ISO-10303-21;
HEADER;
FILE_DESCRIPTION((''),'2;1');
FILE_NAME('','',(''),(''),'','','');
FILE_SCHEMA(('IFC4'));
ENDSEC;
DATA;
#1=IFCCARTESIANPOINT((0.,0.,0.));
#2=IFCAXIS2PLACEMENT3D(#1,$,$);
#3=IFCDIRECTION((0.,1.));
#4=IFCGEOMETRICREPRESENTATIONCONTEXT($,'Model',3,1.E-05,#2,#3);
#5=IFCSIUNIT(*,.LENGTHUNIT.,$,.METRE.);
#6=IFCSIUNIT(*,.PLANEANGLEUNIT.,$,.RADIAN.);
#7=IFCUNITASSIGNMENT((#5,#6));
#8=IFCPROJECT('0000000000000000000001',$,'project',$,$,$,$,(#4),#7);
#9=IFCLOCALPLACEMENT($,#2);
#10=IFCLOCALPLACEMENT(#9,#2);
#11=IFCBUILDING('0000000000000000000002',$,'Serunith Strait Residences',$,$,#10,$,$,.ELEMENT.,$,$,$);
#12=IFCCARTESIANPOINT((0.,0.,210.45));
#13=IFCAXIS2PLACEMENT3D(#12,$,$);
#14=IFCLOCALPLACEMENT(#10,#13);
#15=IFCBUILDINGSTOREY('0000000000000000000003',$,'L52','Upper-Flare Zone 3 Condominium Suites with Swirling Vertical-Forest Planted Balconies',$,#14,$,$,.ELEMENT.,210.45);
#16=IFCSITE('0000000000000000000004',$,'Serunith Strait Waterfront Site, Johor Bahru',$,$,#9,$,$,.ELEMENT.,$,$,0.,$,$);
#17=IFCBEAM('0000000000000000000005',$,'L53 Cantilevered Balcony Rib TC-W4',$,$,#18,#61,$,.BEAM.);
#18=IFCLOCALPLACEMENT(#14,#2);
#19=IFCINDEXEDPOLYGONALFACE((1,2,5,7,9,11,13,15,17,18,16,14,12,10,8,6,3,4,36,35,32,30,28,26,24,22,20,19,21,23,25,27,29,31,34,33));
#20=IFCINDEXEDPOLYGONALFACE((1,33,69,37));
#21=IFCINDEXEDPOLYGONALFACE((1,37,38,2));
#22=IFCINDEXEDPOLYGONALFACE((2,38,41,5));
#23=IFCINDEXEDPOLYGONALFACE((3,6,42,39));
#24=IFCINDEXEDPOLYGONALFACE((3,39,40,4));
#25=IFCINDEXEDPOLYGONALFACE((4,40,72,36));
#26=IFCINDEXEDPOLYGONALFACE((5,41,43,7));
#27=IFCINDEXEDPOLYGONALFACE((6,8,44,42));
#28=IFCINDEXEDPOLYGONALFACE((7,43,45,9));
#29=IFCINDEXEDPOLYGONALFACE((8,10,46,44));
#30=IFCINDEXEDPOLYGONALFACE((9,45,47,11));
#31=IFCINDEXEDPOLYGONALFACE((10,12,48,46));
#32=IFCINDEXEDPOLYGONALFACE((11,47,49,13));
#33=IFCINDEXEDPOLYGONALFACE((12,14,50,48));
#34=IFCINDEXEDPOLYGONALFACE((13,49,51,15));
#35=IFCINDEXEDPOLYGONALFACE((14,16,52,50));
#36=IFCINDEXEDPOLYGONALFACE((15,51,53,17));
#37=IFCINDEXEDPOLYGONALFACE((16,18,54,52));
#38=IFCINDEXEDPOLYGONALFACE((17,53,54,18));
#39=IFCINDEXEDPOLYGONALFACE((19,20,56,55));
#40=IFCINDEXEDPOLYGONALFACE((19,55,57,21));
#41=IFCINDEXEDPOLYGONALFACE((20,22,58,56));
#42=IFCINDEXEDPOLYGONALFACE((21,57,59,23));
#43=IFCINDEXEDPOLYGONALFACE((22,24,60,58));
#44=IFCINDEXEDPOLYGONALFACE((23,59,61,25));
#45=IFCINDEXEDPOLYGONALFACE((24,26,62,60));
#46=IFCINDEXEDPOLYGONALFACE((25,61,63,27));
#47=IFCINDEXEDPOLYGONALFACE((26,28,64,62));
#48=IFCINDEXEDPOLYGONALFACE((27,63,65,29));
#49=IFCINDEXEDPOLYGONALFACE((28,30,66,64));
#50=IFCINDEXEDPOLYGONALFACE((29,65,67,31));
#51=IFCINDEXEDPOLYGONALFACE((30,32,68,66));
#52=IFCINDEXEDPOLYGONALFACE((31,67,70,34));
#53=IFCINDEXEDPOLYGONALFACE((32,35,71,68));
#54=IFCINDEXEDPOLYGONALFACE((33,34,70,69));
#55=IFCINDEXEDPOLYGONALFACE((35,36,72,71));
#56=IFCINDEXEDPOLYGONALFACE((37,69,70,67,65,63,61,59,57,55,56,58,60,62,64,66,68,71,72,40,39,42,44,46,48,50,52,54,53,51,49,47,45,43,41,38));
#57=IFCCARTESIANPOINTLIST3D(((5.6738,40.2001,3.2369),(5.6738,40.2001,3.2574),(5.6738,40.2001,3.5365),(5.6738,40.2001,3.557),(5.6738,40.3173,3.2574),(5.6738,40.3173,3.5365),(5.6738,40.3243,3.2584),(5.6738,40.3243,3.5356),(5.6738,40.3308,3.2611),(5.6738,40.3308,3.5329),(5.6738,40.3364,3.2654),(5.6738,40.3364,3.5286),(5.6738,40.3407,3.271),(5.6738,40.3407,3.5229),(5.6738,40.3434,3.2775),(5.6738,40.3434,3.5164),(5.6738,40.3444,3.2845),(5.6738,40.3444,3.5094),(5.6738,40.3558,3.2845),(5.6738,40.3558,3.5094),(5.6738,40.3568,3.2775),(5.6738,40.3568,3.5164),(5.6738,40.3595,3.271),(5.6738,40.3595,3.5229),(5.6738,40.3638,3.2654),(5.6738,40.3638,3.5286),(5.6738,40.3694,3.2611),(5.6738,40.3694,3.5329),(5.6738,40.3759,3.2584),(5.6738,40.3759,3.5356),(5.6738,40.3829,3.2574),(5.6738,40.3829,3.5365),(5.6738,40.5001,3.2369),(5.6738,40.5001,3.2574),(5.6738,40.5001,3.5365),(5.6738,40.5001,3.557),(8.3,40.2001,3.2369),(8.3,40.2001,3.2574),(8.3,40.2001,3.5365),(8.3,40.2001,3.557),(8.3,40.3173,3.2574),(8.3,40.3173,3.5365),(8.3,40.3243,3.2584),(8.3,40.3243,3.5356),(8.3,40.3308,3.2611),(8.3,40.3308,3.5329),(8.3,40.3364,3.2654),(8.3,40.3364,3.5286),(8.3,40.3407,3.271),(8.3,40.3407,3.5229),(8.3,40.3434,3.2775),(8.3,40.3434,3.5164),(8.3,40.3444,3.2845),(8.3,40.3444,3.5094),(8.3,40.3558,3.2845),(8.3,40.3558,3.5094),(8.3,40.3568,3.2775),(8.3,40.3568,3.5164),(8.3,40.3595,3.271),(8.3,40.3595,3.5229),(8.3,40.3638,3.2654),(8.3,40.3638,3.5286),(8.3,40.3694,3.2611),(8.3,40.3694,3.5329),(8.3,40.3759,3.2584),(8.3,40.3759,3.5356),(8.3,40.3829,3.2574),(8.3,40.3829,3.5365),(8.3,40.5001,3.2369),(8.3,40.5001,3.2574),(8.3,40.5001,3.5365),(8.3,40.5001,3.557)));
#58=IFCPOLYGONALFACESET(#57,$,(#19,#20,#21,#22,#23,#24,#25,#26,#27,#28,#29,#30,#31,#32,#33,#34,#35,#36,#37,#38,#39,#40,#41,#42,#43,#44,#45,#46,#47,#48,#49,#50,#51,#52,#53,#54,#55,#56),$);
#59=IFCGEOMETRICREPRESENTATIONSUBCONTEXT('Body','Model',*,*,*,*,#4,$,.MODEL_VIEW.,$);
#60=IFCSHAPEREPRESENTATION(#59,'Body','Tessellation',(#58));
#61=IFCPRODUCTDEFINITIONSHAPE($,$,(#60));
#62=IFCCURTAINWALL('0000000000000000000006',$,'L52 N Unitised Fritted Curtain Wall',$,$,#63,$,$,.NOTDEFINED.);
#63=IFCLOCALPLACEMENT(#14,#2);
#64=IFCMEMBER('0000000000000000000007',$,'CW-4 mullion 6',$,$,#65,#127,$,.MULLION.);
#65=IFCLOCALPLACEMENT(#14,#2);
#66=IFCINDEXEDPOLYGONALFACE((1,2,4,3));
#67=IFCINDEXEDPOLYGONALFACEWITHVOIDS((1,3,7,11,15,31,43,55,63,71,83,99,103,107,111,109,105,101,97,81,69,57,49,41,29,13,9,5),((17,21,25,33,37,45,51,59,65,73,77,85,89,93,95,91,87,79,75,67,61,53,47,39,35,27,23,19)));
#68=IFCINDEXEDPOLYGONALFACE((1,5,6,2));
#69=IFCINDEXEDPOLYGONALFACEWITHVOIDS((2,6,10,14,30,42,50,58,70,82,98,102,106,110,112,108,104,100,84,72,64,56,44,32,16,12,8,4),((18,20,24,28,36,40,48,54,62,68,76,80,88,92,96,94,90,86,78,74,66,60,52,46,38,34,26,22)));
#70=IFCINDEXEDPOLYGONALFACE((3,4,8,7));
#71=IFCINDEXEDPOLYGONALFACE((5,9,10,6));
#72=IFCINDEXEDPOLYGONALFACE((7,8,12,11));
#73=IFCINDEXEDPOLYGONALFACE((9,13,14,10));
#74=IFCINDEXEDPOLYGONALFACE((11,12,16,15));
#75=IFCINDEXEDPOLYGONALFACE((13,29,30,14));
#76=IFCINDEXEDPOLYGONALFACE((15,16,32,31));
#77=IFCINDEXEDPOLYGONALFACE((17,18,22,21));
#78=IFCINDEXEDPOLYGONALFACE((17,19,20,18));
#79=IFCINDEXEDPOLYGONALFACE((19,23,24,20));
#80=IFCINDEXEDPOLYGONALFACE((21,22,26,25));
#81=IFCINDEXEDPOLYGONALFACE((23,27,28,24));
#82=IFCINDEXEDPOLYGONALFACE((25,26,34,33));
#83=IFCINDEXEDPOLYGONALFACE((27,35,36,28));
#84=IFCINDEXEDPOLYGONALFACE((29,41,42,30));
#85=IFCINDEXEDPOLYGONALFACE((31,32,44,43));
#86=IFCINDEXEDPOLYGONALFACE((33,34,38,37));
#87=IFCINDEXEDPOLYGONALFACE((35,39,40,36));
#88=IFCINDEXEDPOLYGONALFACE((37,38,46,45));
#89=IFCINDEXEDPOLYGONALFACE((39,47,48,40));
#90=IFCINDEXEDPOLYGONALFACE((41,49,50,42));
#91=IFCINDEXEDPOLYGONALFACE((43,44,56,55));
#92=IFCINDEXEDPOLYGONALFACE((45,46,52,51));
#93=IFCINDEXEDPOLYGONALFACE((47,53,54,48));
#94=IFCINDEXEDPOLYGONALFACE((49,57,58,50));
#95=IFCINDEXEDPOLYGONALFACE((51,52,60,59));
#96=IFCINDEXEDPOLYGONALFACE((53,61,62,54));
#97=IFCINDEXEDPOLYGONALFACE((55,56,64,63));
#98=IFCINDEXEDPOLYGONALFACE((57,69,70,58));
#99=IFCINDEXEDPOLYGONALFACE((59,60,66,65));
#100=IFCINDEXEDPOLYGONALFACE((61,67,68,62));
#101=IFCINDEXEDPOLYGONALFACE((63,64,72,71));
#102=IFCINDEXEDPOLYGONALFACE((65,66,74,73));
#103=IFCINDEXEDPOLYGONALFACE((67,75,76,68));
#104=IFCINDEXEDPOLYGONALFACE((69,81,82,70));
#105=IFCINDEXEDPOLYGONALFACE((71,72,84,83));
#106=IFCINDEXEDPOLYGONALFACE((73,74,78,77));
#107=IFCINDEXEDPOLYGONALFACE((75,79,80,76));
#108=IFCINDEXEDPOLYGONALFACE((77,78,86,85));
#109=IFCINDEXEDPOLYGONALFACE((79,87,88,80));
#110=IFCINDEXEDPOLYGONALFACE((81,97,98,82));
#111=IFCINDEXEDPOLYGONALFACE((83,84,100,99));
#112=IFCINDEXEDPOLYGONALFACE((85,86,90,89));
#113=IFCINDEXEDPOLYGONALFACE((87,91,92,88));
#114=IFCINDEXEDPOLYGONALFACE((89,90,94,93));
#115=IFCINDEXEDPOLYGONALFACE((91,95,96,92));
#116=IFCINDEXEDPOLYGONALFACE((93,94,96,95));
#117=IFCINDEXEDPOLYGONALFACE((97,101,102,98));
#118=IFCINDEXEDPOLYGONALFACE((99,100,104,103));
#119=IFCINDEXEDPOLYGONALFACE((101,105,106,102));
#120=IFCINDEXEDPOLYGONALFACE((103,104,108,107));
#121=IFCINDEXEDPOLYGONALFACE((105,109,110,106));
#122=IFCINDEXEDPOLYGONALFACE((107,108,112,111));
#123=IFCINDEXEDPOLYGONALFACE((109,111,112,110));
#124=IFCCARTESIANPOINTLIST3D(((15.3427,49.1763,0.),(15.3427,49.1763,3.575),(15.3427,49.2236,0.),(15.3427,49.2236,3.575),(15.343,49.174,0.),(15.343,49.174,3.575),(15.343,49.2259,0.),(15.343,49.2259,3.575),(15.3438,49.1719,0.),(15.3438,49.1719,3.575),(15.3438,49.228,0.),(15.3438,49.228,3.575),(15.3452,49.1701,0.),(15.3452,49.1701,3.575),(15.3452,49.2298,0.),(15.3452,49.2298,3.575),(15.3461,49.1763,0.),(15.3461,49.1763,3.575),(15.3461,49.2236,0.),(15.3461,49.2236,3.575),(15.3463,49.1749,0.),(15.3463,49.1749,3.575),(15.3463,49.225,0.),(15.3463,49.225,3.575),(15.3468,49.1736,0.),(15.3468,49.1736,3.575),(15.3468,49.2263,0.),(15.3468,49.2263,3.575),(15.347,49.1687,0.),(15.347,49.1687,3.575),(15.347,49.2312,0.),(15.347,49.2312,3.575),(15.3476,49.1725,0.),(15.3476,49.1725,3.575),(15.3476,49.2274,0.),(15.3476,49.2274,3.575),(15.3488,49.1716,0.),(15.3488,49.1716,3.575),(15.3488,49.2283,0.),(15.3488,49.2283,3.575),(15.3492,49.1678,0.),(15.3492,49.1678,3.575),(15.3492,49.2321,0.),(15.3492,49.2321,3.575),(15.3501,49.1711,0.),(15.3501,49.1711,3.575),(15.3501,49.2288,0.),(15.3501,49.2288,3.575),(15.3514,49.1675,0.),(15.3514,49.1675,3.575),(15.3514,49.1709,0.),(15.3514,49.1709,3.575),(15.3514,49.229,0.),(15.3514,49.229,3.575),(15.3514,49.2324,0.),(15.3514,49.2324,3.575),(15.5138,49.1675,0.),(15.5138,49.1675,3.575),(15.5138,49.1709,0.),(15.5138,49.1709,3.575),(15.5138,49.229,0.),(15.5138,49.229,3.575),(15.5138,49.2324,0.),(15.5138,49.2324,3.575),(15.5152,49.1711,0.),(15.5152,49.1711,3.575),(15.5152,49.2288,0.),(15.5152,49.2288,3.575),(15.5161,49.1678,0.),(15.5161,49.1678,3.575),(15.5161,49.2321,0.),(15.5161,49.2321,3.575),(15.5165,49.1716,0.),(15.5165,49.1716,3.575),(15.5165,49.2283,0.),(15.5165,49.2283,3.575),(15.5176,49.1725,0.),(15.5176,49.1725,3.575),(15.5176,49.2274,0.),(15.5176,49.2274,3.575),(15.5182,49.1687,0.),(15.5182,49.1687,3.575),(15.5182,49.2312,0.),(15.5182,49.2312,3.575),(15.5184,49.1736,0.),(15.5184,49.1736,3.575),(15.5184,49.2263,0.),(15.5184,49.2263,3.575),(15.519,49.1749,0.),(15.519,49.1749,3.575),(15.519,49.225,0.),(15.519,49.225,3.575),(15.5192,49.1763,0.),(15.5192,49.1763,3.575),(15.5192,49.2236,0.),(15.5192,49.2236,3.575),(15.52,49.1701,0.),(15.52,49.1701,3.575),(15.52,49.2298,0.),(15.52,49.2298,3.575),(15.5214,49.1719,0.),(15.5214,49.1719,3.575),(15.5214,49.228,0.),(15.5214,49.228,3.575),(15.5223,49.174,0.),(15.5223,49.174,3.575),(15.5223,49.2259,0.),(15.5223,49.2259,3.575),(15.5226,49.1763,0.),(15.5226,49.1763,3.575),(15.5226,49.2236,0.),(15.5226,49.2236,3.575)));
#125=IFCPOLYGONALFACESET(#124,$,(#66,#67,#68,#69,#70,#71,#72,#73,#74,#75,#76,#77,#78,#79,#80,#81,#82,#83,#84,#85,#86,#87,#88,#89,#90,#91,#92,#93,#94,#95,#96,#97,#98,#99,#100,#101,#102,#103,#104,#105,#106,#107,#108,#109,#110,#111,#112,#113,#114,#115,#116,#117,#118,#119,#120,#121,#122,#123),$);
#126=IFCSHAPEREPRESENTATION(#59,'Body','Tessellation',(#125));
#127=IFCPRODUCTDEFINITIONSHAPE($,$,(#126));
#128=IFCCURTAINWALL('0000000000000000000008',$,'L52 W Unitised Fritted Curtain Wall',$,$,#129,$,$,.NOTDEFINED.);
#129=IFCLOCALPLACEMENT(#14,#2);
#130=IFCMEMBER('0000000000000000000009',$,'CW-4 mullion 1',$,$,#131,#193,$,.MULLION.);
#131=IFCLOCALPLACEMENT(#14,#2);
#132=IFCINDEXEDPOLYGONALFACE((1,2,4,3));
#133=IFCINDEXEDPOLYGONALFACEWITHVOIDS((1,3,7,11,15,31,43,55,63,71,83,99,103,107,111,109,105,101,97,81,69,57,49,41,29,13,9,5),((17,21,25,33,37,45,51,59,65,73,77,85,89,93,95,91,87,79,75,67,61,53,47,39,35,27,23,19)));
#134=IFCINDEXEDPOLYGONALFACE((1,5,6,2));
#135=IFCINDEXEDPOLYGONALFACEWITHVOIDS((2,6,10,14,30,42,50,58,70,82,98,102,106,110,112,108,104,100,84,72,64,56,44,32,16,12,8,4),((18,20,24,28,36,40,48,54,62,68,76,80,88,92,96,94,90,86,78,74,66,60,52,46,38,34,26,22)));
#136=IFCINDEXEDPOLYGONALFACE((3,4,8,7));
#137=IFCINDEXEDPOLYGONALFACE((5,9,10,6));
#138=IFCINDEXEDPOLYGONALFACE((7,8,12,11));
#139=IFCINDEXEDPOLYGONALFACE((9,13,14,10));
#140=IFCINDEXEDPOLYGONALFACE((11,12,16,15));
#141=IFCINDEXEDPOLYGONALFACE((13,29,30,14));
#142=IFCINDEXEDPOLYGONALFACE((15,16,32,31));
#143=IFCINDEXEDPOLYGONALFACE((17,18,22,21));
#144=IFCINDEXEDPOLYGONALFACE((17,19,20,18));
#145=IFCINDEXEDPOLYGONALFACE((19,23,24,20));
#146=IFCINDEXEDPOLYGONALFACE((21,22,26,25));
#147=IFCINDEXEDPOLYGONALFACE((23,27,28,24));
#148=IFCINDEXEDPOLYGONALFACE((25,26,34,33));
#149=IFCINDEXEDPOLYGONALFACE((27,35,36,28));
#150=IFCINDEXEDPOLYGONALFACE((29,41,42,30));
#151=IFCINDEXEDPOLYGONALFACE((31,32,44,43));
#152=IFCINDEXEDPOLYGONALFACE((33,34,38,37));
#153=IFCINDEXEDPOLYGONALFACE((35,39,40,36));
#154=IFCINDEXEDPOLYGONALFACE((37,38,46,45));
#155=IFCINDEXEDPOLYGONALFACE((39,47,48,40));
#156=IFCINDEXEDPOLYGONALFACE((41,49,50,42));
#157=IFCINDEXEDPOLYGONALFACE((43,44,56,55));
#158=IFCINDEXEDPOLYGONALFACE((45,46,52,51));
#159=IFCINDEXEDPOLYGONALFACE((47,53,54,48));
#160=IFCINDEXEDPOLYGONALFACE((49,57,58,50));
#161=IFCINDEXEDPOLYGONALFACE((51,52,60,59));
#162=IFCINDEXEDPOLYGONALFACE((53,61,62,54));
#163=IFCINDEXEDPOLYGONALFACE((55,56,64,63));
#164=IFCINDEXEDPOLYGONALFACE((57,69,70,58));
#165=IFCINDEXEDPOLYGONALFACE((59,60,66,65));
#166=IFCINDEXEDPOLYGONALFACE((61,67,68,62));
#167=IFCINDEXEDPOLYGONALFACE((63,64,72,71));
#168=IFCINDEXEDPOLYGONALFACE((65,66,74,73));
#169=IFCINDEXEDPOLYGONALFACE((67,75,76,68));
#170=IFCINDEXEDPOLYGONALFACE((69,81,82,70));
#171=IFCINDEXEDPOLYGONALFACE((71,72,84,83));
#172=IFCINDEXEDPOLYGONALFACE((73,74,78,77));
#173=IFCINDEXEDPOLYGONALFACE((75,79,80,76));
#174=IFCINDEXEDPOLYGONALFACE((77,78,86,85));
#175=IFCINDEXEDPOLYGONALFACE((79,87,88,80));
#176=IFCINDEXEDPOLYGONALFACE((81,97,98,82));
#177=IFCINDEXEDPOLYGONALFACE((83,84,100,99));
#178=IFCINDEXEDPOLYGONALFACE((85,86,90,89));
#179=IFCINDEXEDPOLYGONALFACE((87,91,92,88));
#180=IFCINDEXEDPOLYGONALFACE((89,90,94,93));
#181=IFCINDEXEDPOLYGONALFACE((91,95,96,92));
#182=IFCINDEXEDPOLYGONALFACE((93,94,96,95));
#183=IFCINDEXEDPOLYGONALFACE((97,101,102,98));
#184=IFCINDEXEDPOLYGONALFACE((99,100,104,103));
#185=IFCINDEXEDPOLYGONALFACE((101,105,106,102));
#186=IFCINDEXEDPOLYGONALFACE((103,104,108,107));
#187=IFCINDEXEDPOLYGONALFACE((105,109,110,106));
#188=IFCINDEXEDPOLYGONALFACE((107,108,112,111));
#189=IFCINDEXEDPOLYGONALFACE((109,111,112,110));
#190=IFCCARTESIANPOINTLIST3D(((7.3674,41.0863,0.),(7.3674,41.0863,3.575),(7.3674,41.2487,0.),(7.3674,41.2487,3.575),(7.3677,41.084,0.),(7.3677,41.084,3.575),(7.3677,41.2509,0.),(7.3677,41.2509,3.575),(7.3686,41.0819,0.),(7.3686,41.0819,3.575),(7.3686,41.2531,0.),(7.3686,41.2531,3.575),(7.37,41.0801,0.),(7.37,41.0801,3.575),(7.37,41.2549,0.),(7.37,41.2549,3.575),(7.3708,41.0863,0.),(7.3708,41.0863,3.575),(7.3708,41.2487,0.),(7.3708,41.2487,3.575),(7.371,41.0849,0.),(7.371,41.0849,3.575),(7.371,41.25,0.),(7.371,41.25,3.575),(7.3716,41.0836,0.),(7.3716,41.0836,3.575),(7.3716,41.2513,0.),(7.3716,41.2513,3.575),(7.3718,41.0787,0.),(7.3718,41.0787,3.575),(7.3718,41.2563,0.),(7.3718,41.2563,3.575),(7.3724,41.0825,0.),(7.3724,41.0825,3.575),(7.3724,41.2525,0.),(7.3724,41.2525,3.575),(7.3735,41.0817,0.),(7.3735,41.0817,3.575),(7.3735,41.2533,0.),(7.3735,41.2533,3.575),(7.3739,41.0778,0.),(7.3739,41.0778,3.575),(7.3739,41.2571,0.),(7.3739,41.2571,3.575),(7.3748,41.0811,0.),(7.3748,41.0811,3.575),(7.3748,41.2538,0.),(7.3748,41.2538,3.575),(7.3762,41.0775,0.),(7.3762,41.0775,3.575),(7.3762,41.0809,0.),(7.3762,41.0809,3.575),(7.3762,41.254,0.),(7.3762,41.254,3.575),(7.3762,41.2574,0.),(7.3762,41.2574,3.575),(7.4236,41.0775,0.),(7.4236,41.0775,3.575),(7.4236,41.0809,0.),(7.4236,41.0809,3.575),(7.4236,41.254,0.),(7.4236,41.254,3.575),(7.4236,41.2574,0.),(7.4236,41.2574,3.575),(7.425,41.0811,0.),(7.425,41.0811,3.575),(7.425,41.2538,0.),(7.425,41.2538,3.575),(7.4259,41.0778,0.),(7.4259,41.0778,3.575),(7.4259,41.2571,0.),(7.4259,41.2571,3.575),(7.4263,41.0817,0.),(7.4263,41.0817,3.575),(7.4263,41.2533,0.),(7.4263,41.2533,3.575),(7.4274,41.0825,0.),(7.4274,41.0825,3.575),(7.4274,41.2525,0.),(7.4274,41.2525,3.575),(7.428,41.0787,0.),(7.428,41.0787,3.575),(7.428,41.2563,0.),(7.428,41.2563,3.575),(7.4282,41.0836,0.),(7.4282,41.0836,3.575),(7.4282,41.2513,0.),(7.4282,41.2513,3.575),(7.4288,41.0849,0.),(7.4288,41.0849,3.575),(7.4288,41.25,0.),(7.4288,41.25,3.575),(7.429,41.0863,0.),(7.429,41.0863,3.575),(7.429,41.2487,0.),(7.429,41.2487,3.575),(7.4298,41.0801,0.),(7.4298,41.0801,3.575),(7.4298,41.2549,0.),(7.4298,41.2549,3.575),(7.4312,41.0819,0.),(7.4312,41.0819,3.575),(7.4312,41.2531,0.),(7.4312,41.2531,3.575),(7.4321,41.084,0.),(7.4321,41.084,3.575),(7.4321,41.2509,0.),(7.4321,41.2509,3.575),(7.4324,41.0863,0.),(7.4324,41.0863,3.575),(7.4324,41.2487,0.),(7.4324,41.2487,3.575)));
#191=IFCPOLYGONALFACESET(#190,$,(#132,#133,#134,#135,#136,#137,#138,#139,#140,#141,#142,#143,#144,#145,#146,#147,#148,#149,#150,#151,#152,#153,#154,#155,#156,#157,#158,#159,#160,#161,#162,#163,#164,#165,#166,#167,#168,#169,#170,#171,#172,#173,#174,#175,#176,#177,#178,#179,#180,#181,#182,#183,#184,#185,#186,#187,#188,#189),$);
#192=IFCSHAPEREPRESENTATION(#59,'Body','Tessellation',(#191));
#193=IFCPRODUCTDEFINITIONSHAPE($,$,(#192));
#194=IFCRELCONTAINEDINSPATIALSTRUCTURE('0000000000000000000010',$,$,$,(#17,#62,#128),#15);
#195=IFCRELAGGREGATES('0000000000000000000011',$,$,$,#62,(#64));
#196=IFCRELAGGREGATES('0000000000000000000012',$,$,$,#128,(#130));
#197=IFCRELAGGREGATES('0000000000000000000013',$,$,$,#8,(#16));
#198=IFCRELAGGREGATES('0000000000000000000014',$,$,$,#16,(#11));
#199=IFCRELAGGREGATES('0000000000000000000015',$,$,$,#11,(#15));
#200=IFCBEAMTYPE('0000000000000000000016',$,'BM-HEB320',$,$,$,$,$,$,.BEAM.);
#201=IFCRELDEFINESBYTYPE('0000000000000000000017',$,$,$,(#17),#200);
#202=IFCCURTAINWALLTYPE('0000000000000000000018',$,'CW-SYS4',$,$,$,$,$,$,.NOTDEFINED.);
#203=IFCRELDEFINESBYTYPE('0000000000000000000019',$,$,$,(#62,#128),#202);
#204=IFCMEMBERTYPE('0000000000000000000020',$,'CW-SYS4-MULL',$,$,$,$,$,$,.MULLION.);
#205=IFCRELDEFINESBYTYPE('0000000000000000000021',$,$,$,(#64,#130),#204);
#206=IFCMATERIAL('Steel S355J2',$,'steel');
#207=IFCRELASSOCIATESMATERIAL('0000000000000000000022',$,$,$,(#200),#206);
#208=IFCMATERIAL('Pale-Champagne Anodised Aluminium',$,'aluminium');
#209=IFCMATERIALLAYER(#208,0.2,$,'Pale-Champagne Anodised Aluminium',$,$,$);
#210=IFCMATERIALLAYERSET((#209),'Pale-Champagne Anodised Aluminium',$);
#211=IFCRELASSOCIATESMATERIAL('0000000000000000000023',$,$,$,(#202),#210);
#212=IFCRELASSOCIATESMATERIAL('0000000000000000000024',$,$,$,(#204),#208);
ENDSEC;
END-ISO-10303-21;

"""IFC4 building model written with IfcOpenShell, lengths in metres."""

from ifc_helpers import new_model, si_unit, direction, frame, origin, origin_2d, place, context, subcontext, project, spatial, hollow_rectangle, i_section, extrude, source, transform, mapped, material, layer, layer_set, material_profile, profile_set, type_object, element, aggregate, save


model = new_model("IFC4")

# Units and contexts
model_context = context("Model", 3, precision=1e-05, world=origin(), true_north=direction((0.0, 1.0)))
body_context = subcontext(model_context, "Body", "Model", "MODEL_VIEW")
ifc_project = project(units=[si_unit("LENGTHUNIT", "METRE"), si_unit("PLANEANGLEUNIT", "RADIAN")], contexts=[model_context])

# Site, building, storey
site_placement = place(None, origin())
site = spatial("IfcSite", under=ifc_project, at=site_placement, Name="Serunith Strait Waterfront Site, Johor Bahru", CompositionType="ELEMENT", RefElevation=0.0)
building_placement = place(site_placement, origin())
building = spatial("IfcBuilding", under=site, at=building_placement, Name="Serunith Strait Residences", CompositionType="ELEMENT")
storey_placement = place(building_placement, frame((0.0, 0.0, 210.45)))
storey = spatial("IfcBuildingStorey", under=building, at=storey_placement, Name="L52", Description="Upper-Flare Zone 3 Condominium Suites with Swirling Vertical-Forest Planted Balconies", CompositionType="ELEMENT", Elevation=210.45)

# Beam
ifc_material_1 = material(Name="Steel S355J2", Category="steel")
ifc_material_profile_1 = material_profile(ifc_material_1, i_section(OverallWidth=0.3, OverallDepth=0.3201, WebThickness=0.0115, FlangeThickness=0.0205, FilletRadius=0.0271, at=origin_2d()), Name="HEB 320")
ifc_profile_set_1 = profile_set([ifc_material_profile_1], Name="Steel S355J2")
beam_type_1 = type_object("IfcBeamType", Name="BM-HEB320", PredefinedType="BEAM", material=ifc_profile_set_1)
shared_shape_1 = source(origin(), body_context, "Body", "SweptSolid", [
    extrude(i_section(OverallWidth=0.3, OverallDepth=0.3201, WebThickness=0.0115, FlangeThickness=0.0205, FilletRadius=0.0271, at=origin_2d()), origin(), (0.0, 0.0, 1.0), 2.6262),
])
beam_1_placement = place(storey_placement, frame((8.3, 40.3501, 3.397), z_axis=(-1.0, 0.0, 0.0), x_axis=(0.0, -1.0, 0.0)))
element("IfcBeam", 1, at=beam_1_placement, inside=storey, type_object=beam_type_1, Name="L53 Cantilevered Balcony Rib TC-W4", PredefinedType="BEAM", context=body_context, shape_type="MappedRepresentation", body=[
    mapped(shared_shape_1, transform((0.0, 0.0, 0.0), scale=1.0)),
])

# Curtain wall, member
ifc_material_2 = material(Name="Pale-Champagne Anodised Aluminium", Category="aluminium")
ifc_layer_1 = layer(ifc_material_2, 0.2, Name="Pale-Champagne Anodised Aluminium")
ifc_layer_set_1 = layer_set([ifc_layer_1], Name="Pale-Champagne Anodised Aluminium")
curtain_wall_type = type_object("IfcCurtainWallType", Name="CW-SYS4", PredefinedType="NOTDEFINED", material=ifc_layer_set_1)
curtain_wall_1_placement = place(storey_placement, origin())
curtain_wall_1 = element("IfcCurtainWall", 2, at=curtain_wall_1_placement, inside=storey, type_object=curtain_wall_type, Name="L52 N Unitised Fritted Curtain Wall", PredefinedType="NOTDEFINED")
ifc_material_profile_2 = material_profile(ifc_material_2, hollow_rectangle(XDim=0.0649, YDim=0.1799, WallThickness=0.0034, InnerFilletRadius=0.0054, OuterFilletRadius=0.0088, at=origin_2d()), Name="ALU 180x65x3.5")
ifc_profile_set_2 = profile_set([ifc_material_profile_2], Name="Pale-Champagne Anodised Aluminium")
member_type_1 = type_object("IfcMemberType", Name="CW-SYS4-MULL", PredefinedType="MULLION", material=ifc_profile_set_2)
shared_shape_2 = source(origin(), body_context, "Body", "SweptSolid", [
    extrude(hollow_rectangle(XDim=0.0649, YDim=0.1799, WallThickness=0.0034, InnerFilletRadius=0.0054, OuterFilletRadius=0.0088, at=origin_2d()), origin(), (0.0, 0.0, 1.0), 3.575),
])
member_1_placement = place(storey_placement, frame((15.4326, 49.2, 0.0), z_axis=(0.0, 0.0, 1.0), x_axis=(0.0, -1.0, 0.0)))
member_1 = element("IfcMember", 3, at=member_1_placement, type_object=member_type_1, Name="CW-4 mullion 6", PredefinedType="MULLION", context=body_context, shape_type="MappedRepresentation", body=[
    mapped(shared_shape_2, transform((0.0, 0.0, 0.0), scale=1.0)),
])
aggregate(curtain_wall_1, [member_1])

# Curtain wall, member
curtain_wall_2_placement = place(storey_placement, origin())
curtain_wall_2 = element("IfcCurtainWall", 4, at=curtain_wall_2_placement, inside=storey, type_object=curtain_wall_type, Name="L52 W Unitised Fritted Curtain Wall", PredefinedType="NOTDEFINED")
member_2_placement = place(storey_placement, frame((7.3999, 41.1675, 0.0), z_axis=(0.0, 0.0, 1.0), x_axis=(1.0, 0.0, 0.0)))
member_2 = element("IfcMember", 5, at=member_2_placement, type_object=member_type_1, Name="CW-4 mullion 1", PredefinedType="MULLION", context=body_context, shape_type="MappedRepresentation", body=[
    mapped(shared_shape_2, transform((0.0, 0.0, 0.0), scale=1.0)),
])
aggregate(curtain_wall_2, [member_2])

save(model, "model.ifc")
